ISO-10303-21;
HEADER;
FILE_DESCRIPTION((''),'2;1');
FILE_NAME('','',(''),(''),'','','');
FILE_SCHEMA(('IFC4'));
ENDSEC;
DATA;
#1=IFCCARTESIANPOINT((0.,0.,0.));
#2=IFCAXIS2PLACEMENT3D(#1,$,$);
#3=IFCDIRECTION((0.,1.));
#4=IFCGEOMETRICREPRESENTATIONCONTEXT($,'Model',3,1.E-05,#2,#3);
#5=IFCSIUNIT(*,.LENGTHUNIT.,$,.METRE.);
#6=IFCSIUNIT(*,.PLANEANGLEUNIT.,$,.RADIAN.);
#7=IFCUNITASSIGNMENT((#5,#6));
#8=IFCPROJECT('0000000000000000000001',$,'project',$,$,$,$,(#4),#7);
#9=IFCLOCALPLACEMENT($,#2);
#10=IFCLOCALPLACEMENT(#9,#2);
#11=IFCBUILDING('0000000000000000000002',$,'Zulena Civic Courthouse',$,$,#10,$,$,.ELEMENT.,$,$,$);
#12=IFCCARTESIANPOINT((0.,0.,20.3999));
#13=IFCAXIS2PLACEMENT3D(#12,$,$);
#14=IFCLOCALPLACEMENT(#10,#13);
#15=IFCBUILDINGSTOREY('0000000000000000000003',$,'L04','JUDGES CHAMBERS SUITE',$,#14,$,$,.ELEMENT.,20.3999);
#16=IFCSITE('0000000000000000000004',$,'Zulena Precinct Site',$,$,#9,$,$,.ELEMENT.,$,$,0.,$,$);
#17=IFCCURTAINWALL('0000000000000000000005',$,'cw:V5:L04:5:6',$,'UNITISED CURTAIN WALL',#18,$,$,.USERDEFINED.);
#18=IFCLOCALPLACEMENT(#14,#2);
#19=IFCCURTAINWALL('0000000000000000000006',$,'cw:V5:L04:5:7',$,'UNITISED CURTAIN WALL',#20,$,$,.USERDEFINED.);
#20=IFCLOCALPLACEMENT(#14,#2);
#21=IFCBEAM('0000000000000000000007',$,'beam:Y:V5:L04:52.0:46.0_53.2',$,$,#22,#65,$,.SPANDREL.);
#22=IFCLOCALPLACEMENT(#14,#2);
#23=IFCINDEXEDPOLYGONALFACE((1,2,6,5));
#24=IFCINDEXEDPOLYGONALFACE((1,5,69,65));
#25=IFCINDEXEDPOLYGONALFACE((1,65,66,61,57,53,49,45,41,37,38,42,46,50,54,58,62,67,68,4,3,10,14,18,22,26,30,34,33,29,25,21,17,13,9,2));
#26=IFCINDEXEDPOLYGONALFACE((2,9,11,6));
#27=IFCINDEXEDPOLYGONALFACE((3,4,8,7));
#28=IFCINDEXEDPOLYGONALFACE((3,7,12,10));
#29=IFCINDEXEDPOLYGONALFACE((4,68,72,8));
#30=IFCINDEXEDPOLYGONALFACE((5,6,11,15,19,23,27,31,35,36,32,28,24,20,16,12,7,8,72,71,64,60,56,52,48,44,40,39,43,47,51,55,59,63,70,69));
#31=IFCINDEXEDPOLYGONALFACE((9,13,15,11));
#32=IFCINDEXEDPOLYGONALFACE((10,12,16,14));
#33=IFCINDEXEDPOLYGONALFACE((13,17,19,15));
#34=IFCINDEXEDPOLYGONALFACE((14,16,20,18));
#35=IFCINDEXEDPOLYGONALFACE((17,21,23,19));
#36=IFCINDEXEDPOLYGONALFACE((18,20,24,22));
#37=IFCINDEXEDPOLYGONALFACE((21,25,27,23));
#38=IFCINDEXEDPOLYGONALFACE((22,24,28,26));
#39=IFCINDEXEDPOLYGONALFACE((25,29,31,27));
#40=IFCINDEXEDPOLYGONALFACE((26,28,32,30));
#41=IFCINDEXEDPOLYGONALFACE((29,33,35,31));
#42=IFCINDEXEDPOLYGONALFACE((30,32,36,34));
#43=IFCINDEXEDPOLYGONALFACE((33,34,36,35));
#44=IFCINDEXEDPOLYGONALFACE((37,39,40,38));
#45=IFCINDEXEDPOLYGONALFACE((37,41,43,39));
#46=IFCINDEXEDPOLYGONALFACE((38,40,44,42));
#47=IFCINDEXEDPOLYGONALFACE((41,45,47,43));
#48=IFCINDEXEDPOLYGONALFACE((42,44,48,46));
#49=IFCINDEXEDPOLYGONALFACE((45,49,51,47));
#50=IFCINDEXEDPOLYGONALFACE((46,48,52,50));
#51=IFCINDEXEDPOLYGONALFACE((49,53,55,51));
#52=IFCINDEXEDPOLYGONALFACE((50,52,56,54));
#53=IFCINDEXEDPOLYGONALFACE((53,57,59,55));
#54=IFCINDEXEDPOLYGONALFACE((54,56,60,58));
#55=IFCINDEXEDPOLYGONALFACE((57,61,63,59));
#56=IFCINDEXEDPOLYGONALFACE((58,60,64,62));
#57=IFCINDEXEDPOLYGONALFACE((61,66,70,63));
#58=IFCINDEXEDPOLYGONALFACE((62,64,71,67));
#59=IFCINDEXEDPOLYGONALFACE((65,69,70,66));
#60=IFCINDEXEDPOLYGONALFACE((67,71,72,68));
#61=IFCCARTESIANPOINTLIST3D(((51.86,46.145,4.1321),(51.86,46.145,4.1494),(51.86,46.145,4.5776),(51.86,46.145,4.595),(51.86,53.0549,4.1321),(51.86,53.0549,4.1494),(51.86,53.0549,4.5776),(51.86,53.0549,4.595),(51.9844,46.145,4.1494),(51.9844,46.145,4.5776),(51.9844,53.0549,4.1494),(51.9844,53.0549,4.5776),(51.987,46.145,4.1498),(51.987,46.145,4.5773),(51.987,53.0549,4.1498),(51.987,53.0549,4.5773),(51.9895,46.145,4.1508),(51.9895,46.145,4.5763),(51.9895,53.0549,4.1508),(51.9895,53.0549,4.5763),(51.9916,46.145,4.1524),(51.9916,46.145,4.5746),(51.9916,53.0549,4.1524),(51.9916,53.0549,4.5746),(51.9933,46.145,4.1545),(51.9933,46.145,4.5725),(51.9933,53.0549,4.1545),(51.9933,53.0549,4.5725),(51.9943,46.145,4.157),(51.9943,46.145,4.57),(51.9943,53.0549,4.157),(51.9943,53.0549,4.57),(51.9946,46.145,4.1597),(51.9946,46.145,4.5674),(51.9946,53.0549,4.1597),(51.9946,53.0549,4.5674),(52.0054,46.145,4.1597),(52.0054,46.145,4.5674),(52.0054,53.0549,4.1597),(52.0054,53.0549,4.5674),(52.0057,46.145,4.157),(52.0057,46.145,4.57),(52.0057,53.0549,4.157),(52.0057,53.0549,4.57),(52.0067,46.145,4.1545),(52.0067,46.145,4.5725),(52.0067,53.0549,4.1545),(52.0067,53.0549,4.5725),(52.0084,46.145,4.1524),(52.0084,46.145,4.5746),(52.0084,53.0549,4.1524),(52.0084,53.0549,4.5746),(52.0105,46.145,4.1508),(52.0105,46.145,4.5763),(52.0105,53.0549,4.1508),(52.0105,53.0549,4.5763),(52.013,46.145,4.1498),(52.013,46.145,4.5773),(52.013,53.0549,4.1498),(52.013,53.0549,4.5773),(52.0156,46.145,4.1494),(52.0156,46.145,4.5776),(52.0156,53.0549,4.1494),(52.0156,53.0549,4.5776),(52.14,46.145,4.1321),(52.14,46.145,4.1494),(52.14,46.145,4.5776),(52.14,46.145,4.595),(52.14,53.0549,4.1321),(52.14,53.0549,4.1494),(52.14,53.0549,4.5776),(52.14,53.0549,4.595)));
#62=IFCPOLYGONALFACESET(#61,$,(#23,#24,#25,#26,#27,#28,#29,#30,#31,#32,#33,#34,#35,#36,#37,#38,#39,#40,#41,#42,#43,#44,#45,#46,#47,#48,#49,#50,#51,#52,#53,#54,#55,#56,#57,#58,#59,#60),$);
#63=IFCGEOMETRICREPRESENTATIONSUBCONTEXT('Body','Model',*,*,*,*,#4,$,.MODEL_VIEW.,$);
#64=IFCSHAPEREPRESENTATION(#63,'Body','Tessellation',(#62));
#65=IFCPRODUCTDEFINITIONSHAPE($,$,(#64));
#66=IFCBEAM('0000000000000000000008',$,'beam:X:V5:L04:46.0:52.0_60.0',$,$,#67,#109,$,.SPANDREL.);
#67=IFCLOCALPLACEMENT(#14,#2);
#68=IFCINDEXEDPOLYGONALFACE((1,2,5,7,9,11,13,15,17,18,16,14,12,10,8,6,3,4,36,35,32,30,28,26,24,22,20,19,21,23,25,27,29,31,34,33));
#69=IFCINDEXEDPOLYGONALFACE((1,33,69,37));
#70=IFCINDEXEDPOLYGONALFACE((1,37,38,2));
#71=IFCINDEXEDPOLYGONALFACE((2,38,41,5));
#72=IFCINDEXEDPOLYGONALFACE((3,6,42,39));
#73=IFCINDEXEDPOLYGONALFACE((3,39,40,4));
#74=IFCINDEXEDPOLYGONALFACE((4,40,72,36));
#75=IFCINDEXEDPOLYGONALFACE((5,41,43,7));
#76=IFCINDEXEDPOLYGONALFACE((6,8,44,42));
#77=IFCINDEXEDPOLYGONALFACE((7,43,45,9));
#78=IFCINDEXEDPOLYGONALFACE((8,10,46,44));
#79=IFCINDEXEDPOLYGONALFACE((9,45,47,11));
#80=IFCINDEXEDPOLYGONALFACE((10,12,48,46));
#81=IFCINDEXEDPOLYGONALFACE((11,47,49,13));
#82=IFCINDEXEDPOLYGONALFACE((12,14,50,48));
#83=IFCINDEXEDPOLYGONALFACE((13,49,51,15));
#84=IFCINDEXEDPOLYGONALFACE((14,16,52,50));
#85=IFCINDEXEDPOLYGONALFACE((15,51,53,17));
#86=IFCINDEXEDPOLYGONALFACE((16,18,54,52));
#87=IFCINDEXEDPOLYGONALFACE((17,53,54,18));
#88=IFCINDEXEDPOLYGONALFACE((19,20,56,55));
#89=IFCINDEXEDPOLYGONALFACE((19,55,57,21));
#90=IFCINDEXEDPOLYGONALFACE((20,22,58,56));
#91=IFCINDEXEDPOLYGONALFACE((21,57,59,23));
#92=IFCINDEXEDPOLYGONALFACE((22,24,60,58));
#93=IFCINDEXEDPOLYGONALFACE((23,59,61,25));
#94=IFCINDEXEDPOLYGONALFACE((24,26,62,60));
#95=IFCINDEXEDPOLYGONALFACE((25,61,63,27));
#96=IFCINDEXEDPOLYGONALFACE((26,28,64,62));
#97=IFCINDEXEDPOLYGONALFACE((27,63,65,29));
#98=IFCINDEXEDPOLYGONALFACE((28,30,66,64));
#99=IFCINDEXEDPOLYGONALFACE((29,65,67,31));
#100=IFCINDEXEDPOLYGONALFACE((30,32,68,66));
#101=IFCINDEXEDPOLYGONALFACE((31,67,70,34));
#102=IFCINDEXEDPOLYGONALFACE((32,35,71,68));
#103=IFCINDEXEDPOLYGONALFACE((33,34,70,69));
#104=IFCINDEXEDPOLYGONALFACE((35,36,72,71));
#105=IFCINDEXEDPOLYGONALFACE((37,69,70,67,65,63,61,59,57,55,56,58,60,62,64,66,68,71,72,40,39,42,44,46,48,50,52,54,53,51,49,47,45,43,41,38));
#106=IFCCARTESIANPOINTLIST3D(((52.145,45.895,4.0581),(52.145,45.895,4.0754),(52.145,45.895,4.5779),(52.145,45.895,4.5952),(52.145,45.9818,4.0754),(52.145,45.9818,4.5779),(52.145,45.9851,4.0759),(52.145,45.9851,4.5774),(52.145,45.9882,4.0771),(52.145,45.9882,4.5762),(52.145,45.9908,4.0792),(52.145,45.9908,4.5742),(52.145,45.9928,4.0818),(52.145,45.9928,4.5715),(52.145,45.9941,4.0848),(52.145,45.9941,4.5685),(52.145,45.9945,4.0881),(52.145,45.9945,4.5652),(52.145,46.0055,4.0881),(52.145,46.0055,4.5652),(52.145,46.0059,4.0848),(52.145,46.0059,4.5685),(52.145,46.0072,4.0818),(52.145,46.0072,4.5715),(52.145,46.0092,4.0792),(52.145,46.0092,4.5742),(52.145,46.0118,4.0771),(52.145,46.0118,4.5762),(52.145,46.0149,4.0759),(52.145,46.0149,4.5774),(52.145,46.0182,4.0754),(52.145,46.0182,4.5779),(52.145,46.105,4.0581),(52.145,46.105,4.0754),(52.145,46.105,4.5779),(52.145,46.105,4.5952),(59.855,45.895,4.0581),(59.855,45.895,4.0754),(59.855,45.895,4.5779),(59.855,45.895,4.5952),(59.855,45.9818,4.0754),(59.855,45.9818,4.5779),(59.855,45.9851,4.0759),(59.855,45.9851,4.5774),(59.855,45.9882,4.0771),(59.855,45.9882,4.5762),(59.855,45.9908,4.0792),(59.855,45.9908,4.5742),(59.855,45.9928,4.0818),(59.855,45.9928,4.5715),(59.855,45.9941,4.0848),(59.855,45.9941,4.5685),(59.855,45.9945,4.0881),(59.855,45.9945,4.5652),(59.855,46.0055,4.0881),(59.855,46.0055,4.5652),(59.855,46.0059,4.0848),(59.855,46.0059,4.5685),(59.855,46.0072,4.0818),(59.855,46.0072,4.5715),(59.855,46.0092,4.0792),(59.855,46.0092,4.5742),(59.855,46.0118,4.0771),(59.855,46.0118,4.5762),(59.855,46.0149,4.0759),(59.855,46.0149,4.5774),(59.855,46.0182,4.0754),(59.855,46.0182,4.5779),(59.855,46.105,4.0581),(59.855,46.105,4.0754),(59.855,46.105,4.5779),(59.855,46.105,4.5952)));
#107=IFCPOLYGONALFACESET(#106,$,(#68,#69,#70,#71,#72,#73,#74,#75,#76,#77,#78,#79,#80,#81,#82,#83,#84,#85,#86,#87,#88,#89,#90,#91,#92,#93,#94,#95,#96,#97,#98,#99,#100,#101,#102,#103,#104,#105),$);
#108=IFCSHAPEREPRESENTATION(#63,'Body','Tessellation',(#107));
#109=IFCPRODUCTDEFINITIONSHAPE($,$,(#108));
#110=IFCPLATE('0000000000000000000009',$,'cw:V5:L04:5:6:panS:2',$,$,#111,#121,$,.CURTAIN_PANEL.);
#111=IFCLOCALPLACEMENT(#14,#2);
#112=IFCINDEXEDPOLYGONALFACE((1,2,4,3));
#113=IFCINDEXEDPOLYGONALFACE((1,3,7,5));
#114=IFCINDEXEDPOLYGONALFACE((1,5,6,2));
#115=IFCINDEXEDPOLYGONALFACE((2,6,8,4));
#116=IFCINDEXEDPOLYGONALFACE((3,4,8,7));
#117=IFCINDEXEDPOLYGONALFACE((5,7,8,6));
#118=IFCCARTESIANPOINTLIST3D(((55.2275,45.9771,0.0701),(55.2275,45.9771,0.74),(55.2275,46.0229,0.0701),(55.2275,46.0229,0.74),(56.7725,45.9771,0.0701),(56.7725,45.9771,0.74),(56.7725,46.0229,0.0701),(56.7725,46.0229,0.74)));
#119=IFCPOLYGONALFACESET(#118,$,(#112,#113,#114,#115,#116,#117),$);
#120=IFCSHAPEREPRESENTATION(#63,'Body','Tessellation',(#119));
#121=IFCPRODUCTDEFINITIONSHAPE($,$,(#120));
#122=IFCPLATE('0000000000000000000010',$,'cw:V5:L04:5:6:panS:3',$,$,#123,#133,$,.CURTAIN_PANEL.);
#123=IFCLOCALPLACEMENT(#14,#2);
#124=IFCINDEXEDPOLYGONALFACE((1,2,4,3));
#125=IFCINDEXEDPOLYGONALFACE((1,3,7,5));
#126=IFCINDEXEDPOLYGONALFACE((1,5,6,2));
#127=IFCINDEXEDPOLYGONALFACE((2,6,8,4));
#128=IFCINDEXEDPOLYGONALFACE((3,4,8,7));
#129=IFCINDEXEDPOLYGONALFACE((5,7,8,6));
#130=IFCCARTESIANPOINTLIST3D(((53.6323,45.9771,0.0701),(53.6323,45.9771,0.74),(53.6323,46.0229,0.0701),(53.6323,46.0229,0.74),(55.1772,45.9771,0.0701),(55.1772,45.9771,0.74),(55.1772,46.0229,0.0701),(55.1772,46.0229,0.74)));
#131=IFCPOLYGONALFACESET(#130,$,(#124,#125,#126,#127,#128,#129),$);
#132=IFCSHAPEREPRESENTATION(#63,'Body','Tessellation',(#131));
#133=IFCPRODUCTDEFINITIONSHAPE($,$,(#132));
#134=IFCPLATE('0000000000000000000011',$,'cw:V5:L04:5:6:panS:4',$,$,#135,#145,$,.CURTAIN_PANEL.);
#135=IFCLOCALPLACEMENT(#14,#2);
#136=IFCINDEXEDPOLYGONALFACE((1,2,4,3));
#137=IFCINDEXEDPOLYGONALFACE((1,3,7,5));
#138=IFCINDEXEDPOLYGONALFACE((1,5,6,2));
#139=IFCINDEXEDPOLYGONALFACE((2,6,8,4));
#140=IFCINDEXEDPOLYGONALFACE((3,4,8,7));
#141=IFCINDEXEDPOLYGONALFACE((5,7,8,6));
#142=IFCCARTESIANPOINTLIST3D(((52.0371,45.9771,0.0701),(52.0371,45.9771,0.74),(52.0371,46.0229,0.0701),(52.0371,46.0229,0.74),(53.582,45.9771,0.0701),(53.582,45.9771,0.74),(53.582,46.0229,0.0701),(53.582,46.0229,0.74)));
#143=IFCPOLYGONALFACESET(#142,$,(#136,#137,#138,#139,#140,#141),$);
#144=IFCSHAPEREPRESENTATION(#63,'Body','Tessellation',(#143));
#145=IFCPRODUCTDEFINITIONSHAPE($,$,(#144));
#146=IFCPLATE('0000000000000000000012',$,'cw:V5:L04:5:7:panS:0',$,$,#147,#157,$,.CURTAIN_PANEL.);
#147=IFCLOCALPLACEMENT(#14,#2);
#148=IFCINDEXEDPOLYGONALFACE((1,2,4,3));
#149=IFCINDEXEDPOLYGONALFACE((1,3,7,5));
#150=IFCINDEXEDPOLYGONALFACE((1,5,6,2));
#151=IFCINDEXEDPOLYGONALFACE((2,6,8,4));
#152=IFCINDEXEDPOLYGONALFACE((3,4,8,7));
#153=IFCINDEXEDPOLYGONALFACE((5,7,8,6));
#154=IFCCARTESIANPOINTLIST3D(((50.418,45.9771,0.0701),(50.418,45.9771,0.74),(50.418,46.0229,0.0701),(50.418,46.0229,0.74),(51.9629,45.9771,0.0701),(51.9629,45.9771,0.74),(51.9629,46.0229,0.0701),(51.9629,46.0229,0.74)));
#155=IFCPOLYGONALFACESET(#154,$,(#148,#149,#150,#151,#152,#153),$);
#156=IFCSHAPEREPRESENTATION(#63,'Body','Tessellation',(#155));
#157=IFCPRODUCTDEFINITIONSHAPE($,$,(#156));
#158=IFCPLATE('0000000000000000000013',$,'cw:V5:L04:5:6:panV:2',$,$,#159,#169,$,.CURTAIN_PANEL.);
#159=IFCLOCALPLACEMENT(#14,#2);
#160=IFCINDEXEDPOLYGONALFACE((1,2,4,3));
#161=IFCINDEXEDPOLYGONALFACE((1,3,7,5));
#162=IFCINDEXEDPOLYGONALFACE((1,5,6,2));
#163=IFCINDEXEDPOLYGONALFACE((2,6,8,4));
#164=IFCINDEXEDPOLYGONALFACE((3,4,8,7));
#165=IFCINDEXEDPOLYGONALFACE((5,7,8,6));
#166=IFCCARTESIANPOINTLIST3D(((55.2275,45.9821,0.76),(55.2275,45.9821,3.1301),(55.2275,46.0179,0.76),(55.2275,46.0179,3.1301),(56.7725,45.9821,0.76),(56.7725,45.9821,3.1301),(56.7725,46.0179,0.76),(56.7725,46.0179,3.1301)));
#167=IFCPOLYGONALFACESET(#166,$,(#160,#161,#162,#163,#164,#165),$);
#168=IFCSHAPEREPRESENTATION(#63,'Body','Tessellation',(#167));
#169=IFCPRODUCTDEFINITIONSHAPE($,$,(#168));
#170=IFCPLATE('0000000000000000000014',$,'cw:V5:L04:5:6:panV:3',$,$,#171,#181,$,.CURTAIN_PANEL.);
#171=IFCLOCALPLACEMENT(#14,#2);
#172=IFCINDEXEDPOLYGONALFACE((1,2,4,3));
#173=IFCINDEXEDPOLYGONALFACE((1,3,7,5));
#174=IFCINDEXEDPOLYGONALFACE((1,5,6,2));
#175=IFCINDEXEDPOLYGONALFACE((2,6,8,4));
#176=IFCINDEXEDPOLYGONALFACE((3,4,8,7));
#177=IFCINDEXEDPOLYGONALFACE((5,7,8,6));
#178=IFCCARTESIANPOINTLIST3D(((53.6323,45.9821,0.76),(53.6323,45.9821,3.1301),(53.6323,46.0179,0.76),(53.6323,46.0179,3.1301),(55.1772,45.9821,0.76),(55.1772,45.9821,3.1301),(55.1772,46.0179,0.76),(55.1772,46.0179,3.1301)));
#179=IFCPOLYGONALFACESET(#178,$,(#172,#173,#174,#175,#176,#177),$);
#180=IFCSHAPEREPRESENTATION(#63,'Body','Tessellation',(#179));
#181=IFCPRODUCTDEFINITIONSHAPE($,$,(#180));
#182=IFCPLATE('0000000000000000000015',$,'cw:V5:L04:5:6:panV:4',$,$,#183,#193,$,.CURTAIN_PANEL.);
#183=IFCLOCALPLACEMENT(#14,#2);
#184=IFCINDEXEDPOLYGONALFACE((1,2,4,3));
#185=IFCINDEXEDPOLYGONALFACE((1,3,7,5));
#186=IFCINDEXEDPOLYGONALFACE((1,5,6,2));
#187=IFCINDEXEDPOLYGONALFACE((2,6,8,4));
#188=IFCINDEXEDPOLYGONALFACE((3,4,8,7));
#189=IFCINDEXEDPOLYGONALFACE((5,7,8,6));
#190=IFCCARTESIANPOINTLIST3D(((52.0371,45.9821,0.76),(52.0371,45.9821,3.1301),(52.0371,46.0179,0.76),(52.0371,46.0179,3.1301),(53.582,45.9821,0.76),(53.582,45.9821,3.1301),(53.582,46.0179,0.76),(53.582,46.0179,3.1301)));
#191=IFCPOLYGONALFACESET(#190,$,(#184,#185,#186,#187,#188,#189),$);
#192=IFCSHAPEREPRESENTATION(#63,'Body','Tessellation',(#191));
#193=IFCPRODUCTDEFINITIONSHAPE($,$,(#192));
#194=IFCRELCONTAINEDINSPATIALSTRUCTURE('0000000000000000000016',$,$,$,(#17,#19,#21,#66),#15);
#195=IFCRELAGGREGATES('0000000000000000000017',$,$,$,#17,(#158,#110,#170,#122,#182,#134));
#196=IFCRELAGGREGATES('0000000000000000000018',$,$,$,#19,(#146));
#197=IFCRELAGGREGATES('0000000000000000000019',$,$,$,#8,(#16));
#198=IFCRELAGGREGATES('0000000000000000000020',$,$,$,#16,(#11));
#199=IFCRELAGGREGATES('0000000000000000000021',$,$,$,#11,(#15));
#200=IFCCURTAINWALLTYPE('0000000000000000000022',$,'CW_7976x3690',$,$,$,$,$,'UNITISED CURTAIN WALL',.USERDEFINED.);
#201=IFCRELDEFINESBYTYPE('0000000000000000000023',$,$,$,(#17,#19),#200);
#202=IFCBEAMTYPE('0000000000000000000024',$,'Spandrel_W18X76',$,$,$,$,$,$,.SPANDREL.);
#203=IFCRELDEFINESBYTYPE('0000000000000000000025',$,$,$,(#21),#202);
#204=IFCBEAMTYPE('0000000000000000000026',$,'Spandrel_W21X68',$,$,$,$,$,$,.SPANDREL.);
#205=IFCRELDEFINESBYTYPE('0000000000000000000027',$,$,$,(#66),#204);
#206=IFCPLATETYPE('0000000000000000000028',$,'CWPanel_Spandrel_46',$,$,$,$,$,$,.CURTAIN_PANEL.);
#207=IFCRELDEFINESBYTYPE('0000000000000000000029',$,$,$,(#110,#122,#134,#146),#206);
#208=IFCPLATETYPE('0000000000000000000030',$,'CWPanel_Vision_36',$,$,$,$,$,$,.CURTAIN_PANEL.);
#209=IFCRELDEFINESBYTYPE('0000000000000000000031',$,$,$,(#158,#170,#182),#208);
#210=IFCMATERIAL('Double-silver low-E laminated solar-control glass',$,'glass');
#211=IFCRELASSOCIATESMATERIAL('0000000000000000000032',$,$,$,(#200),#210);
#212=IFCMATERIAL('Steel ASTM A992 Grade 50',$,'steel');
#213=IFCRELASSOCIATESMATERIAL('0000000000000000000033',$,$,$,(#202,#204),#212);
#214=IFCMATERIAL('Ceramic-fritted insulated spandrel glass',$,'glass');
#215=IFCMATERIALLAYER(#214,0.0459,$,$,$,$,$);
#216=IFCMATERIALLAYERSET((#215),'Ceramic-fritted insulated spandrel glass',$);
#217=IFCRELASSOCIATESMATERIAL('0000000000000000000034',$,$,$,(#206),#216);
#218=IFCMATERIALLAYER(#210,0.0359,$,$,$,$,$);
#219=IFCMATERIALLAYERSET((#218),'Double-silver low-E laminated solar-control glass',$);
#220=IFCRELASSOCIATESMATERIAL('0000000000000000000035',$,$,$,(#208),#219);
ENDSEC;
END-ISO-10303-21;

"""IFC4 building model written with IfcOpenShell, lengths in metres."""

from ifc_helpers import new_model, si_unit, direction, frame, origin, origin_2d, place, context, subcontext, project, spatial, rectangle, i_section, extrude, material, layer, layer_set, material_profile, profile_set, type_object, element, aggregate, save


model = new_model("IFC4")

# Units and contexts
model_context = context("Model", 3, precision=1e-05, world=origin(), true_north=direction((0.0, 1.0)))
body_context = subcontext(model_context, "Body", "Model", "MODEL_VIEW")
ifc_project = project(units=[si_unit("LENGTHUNIT", "METRE"), si_unit("PLANEANGLEUNIT", "RADIAN")], contexts=[model_context])

# Site, building, storey
site_placement = place(None, origin())
site = spatial("IfcSite", under=ifc_project, at=site_placement, Name="Zulena Precinct Site", CompositionType="ELEMENT", RefElevation=0.0)
building_placement = place(site_placement, origin())
building = spatial("IfcBuilding", under=site, at=building_placement, Name="Zulena Civic Courthouse", CompositionType="ELEMENT")
storey_placement = place(building_placement, frame((0.0, 0.0, 20.3999)))
storey = spatial("IfcBuildingStorey", under=building, at=storey_placement, Name="L04", Description="JUDGES CHAMBERS SUITE", CompositionType="ELEMENT", Elevation=20.3999)

# Shared definitions
ifc_material_1 = material(Name="Steel ASTM A992 Grade 50", Category="steel")

# Curtain walls
ifc_material_2 = material(Name="Double-silver low-E laminated solar-control glass", Category="glass")
curtain_wall_type = type_object("IfcCurtainWallType", Name="CW_7976x3690", ElementType="UNITISED CURTAIN WALL", PredefinedType="USERDEFINED", material=ifc_material_2)
curtain_wall_1_placement = place(storey_placement, origin())
curtain_wall_1 = element("IfcCurtainWall", 1, at=curtain_wall_1_placement, inside=storey, type_object=curtain_wall_type, Name="cw:V5:L04:5:6", ObjectType="UNITISED CURTAIN WALL", PredefinedType="USERDEFINED")
curtain_wall_2_placement = place(storey_placement, origin())
curtain_wall_2 = element("IfcCurtainWall", 2, at=curtain_wall_2_placement, inside=storey, type_object=curtain_wall_type, Name="cw:V5:L04:5:7", ObjectType="UNITISED CURTAIN WALL", PredefinedType="USERDEFINED")

# Beams
ifc_material_profile_1 = material_profile(ifc_material_1, i_section(OverallWidth=0.28, OverallDepth=0.4629, WebThickness=0.0107, FlangeThickness=0.0173, FilletRadius=0.0103, at=origin_2d()), Name="W18X76")
ifc_profile_set_1 = profile_set([ifc_material_profile_1], Name="Steel ASTM A992 Grade 50")
beam_type_1 = type_object("IfcBeamType", Name="Spandrel_W18X76", PredefinedType="SPANDREL", material=ifc_profile_set_1)
beam_1_placement = place(storey_placement, frame((52.0, 46.145, 4.3635), z_axis=(0.0, 1.0, 0.0), x_axis=(-1.0, 0.0, 0.0)))
element("IfcBeam", 3, at=beam_1_placement, inside=storey, type_object=beam_type_1, Name="beam:Y:V5:L04:52.0:46.0_53.2", PredefinedType="SPANDREL", context=body_context, shape_type="SweptSolid", body=[
    extrude(i_section(OverallWidth=0.28, OverallDepth=0.4629, WebThickness=0.0107, FlangeThickness=0.0173, FilletRadius=0.0103, at=origin_2d()), origin(), (0.0, 0.0, 1.0), 6.9099),
])
ifc_material_profile_2 = material_profile(ifc_material_1, i_section(OverallWidth=0.21, OverallDepth=0.5371, WebThickness=0.011, FlangeThickness=0.0173, FilletRadius=0.0127, at=origin_2d()), Name="W21X68")
ifc_profile_set_2 = profile_set([ifc_material_profile_2], Name="Steel ASTM A992 Grade 50")
beam_type_2 = type_object("IfcBeamType", Name="Spandrel_W21X68", PredefinedType="SPANDREL", material=ifc_profile_set_2)
beam_2_placement = place(storey_placement, frame((52.145, 46.0, 4.3267), z_axis=(1.0, 0.0, 0.0), x_axis=(0.0, 1.0, 0.0)))
element("IfcBeam", 4, at=beam_2_placement, inside=storey, type_object=beam_type_2, Name="beam:X:V5:L04:46.0:52.0_60.0", PredefinedType="SPANDREL", context=body_context, shape_type="SweptSolid", body=[
    extrude(i_section(OverallWidth=0.21, OverallDepth=0.5371, WebThickness=0.011, FlangeThickness=0.0173, FilletRadius=0.0127, at=origin_2d()), origin(), (0.0, 0.0, 1.0), 7.71),
])

# Plates
ifc_material_3 = material(Name="Ceramic-fritted insulated spandrel glass", Category="glass")
ifc_layer_1 = layer(ifc_material_3, 0.0459)
ifc_layer_set_1 = layer_set([ifc_layer_1], Name="Ceramic-fritted insulated spandrel glass")
plate_type_1 = type_object("IfcPlateType", Name="CWPanel_Spandrel_46", PredefinedType="CURTAIN_PANEL", material=ifc_layer_set_1)
plate_1_placement = place(storey_placement, frame((56.0, 46.0, 0.0701), z_axis=(0.0, 0.0, 1.0), x_axis=(-1.0, 0.0, 0.0)))
plate_1 = element("IfcPlate", 5, at=plate_1_placement, type_object=plate_type_1, Name="cw:V5:L04:5:6:panS:2", PredefinedType="CURTAIN_PANEL", context=body_context, shape_type="SweptSolid", body=[
    extrude(rectangle(XDim=1.5449, YDim=0.0459, at=origin_2d()), origin(), (0.0, 0.0, 1.0), 0.6699),
])
plate_2_placement = place(storey_placement, frame((54.4048, 46.0, 0.0701), z_axis=(0.0, 0.0, 1.0), x_axis=(-1.0, 0.0, 0.0)))
plate_2 = element("IfcPlate", 6, at=plate_2_placement, type_object=plate_type_1, Name="cw:V5:L04:5:6:panS:3", PredefinedType="CURTAIN_PANEL", context=body_context, shape_type="SweptSolid", body=[
    extrude(rectangle(XDim=1.5449, YDim=0.0459, at=origin_2d()), origin(), (0.0, 0.0, 1.0), 0.6699),
])
plate_3_placement = place(storey_placement, frame((52.8096, 46.0, 0.0701), z_axis=(0.0, 0.0, 1.0), x_axis=(-1.0, 0.0, 0.0)))
plate_3 = element("IfcPlate", 7, at=plate_3_placement, type_object=plate_type_1, Name="cw:V5:L04:5:6:panS:4", PredefinedType="CURTAIN_PANEL", context=body_context, shape_type="SweptSolid", body=[
    extrude(rectangle(XDim=1.5449, YDim=0.0459, at=origin_2d()), origin(), (0.0, 0.0, 1.0), 0.6699),
])
plate_4_placement = place(storey_placement, frame((51.1904, 46.0, 0.0701), z_axis=(0.0, 0.0, 1.0), x_axis=(-1.0, 0.0, 0.0)))
plate_4 = element("IfcPlate", 8, at=plate_4_placement, type_object=plate_type_1, Name="cw:V5:L04:5:7:panS:0", PredefinedType="CURTAIN_PANEL", context=body_context, shape_type="SweptSolid", body=[
    extrude(rectangle(XDim=1.5449, YDim=0.0459, at=origin_2d()), origin(), (0.0, 0.0, 1.0), 0.6699),
])
ifc_layer_2 = layer(ifc_material_2, 0.0359)
ifc_layer_set_2 = layer_set([ifc_layer_2], Name="Double-silver low-E laminated solar-control glass")
plate_type_2 = type_object("IfcPlateType", Name="CWPanel_Vision_36", PredefinedType="CURTAIN_PANEL", material=ifc_layer_set_2)
plate_5_placement = place(storey_placement, frame((56.0, 46.0, 0.76), z_axis=(0.0, 0.0, 1.0), x_axis=(-1.0, 0.0, 0.0)))
plate_5 = element("IfcPlate", 9, at=plate_5_placement, type_object=plate_type_2, Name="cw:V5:L04:5:6:panV:2", PredefinedType="CURTAIN_PANEL", context=body_context, shape_type="SweptSolid", body=[
    extrude(rectangle(XDim=1.5449, YDim=0.0359, at=origin_2d()), origin(), (0.0, 0.0, 1.0), 2.3701),
])
plate_6_placement = place(storey_placement, frame((54.4048, 46.0, 0.76), z_axis=(0.0, 0.0, 1.0), x_axis=(-1.0, 0.0, 0.0)))
plate_6 = element("IfcPlate", 10, at=plate_6_placement, type_object=plate_type_2, Name="cw:V5:L04:5:6:panV:3", PredefinedType="CURTAIN_PANEL", context=body_context, shape_type="SweptSolid", body=[
    extrude(rectangle(XDim=1.5449, YDim=0.0359, at=origin_2d()), origin(), (0.0, 0.0, 1.0), 2.3701),
])
plate_7_placement = place(storey_placement, frame((52.8096, 46.0, 0.76), z_axis=(0.0, 0.0, 1.0), x_axis=(-1.0, 0.0, 0.0)))
plate_7 = element("IfcPlate", 11, at=plate_7_placement, type_object=plate_type_2, Name="cw:V5:L04:5:6:panV:4", PredefinedType="CURTAIN_PANEL", context=body_context, shape_type="SweptSolid", body=[
    extrude(rectangle(XDim=1.5449, YDim=0.0359, at=origin_2d()), origin(), (0.0, 0.0, 1.0), 2.3701),
])
aggregate(curtain_wall_1, [plate_5, plate_1, plate_6, plate_2, plate_7, plate_3])
aggregate(curtain_wall_2, [plate_4])

save(model, "model.ifc")
